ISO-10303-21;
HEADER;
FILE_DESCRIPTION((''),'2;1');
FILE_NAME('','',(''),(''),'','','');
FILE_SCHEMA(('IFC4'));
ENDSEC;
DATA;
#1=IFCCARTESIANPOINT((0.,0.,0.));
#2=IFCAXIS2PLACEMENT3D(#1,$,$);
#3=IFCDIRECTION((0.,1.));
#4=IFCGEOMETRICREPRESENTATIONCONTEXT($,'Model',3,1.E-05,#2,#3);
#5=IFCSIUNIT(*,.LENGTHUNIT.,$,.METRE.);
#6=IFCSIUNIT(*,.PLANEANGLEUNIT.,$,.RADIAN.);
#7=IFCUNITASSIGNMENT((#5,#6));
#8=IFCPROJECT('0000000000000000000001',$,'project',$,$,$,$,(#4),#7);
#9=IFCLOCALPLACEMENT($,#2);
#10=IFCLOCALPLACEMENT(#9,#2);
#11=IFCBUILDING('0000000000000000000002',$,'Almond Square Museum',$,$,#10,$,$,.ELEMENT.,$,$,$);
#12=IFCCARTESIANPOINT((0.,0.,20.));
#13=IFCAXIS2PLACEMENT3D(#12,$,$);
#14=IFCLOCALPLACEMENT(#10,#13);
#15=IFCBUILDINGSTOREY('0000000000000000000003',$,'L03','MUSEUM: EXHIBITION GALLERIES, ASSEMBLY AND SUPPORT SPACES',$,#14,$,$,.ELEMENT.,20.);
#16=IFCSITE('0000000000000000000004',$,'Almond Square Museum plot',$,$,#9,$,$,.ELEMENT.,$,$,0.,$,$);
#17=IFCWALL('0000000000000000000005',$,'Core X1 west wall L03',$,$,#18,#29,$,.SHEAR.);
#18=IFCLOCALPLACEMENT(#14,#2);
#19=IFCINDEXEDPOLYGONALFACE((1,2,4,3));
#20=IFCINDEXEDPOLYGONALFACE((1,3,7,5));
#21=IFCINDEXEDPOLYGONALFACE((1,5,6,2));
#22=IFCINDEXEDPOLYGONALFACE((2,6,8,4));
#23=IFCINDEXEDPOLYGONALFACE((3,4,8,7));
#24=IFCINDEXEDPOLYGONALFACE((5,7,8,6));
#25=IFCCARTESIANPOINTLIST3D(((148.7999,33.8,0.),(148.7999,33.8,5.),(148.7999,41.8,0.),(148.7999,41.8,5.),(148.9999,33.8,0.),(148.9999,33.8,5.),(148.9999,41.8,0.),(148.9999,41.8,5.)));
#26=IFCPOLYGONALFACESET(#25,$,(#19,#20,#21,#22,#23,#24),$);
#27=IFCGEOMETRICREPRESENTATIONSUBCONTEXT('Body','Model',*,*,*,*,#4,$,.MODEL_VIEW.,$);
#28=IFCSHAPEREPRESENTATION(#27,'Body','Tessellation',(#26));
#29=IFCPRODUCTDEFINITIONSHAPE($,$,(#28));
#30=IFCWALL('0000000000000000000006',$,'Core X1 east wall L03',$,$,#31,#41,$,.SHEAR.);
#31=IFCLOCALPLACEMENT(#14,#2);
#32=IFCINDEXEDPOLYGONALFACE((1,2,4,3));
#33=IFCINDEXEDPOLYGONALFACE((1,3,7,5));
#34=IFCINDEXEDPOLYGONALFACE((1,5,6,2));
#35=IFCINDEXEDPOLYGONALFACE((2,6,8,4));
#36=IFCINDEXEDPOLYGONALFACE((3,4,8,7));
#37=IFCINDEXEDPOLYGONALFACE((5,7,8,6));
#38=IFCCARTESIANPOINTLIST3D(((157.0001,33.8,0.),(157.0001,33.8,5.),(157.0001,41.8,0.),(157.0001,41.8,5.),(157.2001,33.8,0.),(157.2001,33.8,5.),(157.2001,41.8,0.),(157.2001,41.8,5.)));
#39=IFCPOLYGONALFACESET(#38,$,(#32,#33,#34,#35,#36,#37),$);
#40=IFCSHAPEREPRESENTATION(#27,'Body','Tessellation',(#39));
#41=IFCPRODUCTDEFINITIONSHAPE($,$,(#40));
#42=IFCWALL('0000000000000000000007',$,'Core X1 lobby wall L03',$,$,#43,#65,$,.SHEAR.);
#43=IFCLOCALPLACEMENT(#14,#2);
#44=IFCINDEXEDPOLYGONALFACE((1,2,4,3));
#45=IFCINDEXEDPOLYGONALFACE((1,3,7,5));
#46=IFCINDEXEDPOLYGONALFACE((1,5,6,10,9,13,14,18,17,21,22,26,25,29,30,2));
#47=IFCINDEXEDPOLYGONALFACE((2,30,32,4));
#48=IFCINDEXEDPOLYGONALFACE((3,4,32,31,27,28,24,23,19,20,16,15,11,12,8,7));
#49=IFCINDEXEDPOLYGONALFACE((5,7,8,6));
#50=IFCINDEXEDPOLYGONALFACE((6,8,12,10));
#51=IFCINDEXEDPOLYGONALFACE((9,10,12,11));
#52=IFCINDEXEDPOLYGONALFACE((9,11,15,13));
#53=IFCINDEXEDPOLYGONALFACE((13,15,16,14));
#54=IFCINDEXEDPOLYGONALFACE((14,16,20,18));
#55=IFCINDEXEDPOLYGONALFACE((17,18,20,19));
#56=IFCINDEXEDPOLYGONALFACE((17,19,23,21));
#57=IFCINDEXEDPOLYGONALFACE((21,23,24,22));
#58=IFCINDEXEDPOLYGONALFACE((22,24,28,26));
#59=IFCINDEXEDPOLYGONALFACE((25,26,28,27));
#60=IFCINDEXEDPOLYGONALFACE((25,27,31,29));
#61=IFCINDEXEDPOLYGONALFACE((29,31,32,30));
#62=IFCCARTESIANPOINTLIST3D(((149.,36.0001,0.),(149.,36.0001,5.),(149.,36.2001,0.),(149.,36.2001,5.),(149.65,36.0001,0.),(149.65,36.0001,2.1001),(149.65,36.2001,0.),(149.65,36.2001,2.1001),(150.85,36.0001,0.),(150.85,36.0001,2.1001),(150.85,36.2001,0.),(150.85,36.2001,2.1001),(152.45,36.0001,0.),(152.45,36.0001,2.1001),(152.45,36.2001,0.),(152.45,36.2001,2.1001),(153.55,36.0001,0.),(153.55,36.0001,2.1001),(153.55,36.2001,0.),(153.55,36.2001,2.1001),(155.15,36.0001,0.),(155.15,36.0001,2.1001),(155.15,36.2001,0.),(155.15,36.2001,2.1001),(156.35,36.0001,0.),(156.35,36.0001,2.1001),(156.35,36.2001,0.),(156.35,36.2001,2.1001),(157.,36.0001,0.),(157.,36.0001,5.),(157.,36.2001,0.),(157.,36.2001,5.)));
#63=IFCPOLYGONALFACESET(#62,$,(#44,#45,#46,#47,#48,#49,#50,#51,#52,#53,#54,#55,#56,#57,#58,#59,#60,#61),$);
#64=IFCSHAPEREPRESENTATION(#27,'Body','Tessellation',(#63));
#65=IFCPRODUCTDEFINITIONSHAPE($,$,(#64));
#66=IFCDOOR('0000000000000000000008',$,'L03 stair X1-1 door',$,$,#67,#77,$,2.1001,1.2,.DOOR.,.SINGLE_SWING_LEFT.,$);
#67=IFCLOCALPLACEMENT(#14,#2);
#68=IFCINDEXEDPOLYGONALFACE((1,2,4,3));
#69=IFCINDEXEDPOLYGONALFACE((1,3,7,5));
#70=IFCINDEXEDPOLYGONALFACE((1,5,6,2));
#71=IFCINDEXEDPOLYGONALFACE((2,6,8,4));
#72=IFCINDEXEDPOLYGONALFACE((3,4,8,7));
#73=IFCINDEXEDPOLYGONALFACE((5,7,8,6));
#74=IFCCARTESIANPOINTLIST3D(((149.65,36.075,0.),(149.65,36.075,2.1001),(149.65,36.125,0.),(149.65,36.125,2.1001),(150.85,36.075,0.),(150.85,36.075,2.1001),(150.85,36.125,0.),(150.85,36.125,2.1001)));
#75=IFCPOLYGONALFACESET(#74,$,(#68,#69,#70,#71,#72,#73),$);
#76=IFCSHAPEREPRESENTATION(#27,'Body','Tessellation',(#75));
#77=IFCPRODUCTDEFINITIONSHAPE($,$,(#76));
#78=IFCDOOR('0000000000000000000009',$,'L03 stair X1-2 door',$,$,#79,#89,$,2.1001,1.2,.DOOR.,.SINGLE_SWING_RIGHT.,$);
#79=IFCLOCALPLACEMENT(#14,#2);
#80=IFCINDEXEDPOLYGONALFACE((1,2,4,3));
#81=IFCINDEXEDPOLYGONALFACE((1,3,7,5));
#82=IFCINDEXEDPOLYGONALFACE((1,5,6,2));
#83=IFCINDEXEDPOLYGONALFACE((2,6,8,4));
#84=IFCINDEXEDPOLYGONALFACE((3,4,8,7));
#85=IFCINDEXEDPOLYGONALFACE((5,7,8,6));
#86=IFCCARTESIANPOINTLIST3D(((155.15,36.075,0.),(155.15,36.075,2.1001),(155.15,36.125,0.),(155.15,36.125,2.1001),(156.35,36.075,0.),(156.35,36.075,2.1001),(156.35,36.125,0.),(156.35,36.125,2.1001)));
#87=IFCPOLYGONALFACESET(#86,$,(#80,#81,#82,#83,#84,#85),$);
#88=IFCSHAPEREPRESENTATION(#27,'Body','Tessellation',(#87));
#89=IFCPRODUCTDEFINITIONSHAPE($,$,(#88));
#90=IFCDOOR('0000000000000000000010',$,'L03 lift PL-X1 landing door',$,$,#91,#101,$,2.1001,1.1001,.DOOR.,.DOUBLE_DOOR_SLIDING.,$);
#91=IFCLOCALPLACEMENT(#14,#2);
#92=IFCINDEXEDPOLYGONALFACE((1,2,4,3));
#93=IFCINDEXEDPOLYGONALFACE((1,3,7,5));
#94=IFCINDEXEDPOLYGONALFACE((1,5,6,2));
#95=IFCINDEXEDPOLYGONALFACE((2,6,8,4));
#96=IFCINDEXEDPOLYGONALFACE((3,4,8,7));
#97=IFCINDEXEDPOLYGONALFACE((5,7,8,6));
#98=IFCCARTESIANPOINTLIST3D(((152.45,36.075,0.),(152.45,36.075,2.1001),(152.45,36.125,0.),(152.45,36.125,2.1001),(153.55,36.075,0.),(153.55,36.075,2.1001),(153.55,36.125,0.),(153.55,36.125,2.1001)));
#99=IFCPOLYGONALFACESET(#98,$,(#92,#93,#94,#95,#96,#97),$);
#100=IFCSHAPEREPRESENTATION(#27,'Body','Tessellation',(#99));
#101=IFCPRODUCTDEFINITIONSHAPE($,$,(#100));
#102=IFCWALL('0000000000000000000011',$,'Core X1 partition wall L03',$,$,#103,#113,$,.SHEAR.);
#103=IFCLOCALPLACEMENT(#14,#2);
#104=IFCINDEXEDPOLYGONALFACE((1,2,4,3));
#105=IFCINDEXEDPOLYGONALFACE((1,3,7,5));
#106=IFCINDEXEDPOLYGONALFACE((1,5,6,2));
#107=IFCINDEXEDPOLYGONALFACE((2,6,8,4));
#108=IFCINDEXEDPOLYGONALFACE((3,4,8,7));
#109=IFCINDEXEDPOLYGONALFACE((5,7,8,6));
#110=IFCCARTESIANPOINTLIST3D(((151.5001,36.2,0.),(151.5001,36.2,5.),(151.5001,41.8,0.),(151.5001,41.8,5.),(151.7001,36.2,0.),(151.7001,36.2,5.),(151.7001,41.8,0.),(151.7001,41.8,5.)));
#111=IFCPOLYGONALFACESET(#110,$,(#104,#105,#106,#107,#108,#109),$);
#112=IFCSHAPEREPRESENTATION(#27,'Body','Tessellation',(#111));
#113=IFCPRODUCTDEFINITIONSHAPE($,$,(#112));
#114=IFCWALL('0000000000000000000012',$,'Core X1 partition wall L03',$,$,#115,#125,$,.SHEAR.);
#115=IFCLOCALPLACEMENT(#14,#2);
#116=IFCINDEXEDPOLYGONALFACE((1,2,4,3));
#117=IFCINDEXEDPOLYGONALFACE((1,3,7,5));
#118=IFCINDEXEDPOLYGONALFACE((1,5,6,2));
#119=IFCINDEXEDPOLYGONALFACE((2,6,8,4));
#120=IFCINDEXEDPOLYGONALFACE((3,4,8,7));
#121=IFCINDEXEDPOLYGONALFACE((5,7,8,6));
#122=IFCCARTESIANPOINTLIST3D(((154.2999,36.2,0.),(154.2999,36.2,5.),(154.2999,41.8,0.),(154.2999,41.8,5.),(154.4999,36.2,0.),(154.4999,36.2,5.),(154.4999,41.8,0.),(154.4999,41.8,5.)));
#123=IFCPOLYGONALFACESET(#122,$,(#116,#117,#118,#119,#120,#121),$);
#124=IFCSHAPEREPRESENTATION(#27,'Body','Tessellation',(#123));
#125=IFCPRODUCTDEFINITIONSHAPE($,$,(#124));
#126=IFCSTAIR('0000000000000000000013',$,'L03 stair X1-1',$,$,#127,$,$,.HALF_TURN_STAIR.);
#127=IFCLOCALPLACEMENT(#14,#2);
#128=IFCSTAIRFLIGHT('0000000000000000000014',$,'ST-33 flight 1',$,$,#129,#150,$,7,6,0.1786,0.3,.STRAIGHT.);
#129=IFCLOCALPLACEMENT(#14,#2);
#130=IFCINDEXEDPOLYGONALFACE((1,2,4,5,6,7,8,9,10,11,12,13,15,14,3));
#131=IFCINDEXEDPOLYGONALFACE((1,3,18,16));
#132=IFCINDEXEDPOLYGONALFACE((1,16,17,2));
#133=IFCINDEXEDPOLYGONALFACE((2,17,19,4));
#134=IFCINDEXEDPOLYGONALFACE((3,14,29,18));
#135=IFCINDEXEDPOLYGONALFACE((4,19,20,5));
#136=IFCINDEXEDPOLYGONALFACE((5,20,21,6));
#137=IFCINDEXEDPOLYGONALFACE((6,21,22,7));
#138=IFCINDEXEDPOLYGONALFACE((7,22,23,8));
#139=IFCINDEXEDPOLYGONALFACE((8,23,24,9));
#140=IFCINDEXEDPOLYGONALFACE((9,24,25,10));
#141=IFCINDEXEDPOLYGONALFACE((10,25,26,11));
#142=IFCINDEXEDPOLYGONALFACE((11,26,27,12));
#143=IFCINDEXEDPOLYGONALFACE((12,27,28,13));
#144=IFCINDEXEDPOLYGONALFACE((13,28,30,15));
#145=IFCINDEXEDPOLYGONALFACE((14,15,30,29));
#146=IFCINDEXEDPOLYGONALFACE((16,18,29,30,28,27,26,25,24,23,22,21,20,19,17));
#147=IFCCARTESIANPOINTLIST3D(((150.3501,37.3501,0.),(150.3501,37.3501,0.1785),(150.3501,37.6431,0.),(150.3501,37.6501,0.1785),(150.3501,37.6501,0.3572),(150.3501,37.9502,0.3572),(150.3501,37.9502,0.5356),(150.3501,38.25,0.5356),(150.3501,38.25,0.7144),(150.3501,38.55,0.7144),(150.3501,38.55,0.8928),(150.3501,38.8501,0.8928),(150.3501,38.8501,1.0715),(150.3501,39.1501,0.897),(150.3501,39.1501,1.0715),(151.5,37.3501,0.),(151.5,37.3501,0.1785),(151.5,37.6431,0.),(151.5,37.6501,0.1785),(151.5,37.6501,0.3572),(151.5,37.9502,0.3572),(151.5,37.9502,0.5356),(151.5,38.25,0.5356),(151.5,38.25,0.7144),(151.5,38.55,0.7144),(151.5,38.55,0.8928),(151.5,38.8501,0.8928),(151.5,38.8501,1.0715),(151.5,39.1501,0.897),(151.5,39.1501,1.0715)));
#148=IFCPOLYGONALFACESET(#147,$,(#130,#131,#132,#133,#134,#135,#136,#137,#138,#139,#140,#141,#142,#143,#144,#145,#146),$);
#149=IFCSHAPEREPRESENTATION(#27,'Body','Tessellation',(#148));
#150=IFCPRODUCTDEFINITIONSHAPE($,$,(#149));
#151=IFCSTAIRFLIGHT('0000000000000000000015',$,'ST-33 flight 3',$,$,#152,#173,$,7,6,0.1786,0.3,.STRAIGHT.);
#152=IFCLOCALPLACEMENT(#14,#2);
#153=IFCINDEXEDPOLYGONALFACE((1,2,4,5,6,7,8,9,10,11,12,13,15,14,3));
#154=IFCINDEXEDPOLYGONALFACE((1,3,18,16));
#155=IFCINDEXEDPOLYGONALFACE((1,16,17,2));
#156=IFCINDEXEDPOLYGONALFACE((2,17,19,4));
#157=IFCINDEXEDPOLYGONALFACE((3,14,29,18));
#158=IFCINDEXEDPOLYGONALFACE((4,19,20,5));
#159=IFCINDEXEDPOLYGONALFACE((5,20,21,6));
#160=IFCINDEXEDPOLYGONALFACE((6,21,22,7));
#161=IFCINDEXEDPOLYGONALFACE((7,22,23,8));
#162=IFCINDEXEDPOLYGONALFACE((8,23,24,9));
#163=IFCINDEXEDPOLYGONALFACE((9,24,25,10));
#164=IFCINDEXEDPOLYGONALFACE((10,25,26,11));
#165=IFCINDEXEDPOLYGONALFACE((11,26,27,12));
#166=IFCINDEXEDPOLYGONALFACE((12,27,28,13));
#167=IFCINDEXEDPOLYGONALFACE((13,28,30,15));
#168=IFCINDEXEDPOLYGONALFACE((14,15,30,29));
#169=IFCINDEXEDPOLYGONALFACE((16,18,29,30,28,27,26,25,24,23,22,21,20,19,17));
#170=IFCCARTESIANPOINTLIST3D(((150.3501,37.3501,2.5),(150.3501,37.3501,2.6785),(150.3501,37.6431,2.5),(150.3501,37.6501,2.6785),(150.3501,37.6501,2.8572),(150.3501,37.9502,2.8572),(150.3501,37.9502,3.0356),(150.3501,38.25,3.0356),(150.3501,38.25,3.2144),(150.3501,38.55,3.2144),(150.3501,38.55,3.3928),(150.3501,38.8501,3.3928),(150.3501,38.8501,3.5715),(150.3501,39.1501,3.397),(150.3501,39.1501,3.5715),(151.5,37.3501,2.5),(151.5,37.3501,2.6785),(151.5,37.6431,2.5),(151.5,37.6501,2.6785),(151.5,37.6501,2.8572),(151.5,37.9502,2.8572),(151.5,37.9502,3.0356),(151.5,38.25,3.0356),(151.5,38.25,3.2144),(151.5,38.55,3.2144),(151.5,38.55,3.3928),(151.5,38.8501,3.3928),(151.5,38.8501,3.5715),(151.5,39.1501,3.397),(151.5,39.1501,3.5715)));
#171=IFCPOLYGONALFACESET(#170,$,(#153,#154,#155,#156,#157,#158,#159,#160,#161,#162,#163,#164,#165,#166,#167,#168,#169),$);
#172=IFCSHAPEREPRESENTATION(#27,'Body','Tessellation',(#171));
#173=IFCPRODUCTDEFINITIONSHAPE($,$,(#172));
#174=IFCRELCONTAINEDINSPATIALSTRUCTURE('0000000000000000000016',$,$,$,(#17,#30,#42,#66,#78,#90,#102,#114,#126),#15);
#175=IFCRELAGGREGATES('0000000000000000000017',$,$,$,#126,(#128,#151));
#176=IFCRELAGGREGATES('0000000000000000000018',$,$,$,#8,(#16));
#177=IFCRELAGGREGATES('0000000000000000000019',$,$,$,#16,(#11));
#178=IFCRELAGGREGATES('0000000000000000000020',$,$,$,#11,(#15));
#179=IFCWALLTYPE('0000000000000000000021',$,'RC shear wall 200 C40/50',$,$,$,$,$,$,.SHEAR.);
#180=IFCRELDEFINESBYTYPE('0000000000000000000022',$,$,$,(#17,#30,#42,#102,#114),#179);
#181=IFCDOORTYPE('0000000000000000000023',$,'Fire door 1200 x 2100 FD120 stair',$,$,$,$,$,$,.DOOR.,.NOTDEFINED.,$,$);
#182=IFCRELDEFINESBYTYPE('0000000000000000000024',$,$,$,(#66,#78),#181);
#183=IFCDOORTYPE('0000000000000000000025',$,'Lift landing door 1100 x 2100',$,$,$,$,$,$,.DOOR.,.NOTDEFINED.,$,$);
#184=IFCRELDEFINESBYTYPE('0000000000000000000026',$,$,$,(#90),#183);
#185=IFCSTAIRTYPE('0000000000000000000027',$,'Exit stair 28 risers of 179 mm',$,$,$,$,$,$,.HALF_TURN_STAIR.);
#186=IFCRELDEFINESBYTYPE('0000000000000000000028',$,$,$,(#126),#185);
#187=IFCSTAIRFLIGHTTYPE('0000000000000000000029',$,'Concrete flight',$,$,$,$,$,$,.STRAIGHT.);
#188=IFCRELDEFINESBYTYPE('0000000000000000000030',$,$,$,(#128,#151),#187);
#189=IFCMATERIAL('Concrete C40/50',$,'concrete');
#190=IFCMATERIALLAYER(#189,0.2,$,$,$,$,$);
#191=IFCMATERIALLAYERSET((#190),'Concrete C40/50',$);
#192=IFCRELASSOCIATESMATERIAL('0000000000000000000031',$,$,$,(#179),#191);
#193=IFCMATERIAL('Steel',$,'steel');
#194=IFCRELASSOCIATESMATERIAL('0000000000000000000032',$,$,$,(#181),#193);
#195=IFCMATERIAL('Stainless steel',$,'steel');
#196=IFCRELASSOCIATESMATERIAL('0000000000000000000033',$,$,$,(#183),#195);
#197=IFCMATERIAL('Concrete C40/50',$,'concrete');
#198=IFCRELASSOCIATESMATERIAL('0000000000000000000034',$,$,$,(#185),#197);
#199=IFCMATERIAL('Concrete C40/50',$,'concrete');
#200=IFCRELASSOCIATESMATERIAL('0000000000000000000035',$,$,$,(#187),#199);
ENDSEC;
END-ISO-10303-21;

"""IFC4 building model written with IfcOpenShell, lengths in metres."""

from ifc_helpers import new_model, si_unit, direction, frame, frame_2d, origin, place, context, subcontext, project, spatial, polyline, rectangle, outline, extrude, material, layer, layer_set, type_object, element, fill, aggregate, save


model = new_model("IFC4")

# Units and contexts
model_context = context("Model", 3, precision=1e-05, world=origin(), true_north=direction((0.0, 1.0)))
body_context = subcontext(model_context, "Body", "Model", "MODEL_VIEW")
ifc_project = project(units=[si_unit("LENGTHUNIT", "METRE"), si_unit("PLANEANGLEUNIT", "RADIAN")], contexts=[model_context])

# Site, building, storey
site_placement = place(None, origin())
site = spatial("IfcSite", under=ifc_project, at=site_placement, Name="Almond Square Museum plot", CompositionType="ELEMENT", RefElevation=0.0)
building_placement = place(site_placement, origin())
building = spatial("IfcBuilding", under=site, at=building_placement, Name="Almond Square Museum", CompositionType="ELEMENT")
storey_placement = place(building_placement, frame((0.0, 0.0, 20.0)))
storey = spatial("IfcBuildingStorey", under=building, at=storey_placement, Name="L03", Description="MUSEUM: EXHIBITION GALLERIES, ASSEMBLY AND SUPPORT SPACES", CompositionType="ELEMENT", Elevation=20.0)

# Walls
ifc_material_1 = material(Name="Concrete C40/50", Category="concrete")
ifc_layer = layer(ifc_material_1, 0.2)
ifc_layer_set = layer_set([ifc_layer], Name="Concrete C40/50")
wall_type = type_object("IfcWallType", Name="RC shear wall 200 C40/50", PredefinedType="SHEAR", material=ifc_layer_set)
for number, where, z_axis, x_axis, name in (
    (1, (148.8999, 33.8, 0.0), (0.0, 0.0, 1.0), (0.0, 1.0, 0.0), "Core X1 west wall L03"),
    (2, (157.1001, 33.8, 0.0), (0.0, 0.0, 1.0), (0.0, 1.0, 0.0), "Core X1 east wall L03"),
):
    element("IfcWall", number, at=place(storey_placement, frame(where, z_axis=z_axis, x_axis=x_axis)), inside=storey, type_object=wall_type, Name=name, PredefinedType="SHEAR", context=body_context, shape_type="SweptSolid", body=[
        extrude(rectangle(XDim=8.0, YDim=0.2, at=frame_2d((4.0, 0.0))), origin(), (0.0, 0.0, 1.0), 5.0),
    ])

# Wall, openings, doors
wall_placement = place(storey_placement, frame((149.0, 36.1001, 0.0), z_axis=(0.0, 0.0, 1.0), x_axis=(1.0, 0.0, 0.0)))
wall = element("IfcWall", 3, at=wall_placement, inside=storey, type_object=wall_type, Name="Core X1 lobby wall L03", PredefinedType="SHEAR", context=body_context, shape_type="SweptSolid", body=[
    extrude(rectangle(XDim=8.0, YDim=0.2, at=frame_2d((4.0, 0.0))), origin(), (0.0, 0.0, 1.0), 5.0),
])
opening_1_placement = place(wall_placement, frame((0.6499, 0.0, 0.0)))
opening_1 = element("IfcOpeningElement", 4, at=opening_1_placement, cuts=wall, PredefinedType="OPENING", context=body_context, shape_type="SweptSolid", body=[
    extrude(rectangle(XDim=1.2, YDim=2.1001, at=frame_2d((0.6001, 1.05))), frame((0.0, 0.1099, 0.0), z_axis=(0.0, -1.0, 0.0), x_axis=(1.0, 0.0, 0.0)), (0.0, 0.0, 1.0), 0.22),
])
opening_2_placement = place(wall_placement, frame((6.1499, 0.0, 0.0)))
opening_2 = element("IfcOpeningElement", 5, at=opening_2_placement, cuts=wall, PredefinedType="OPENING", context=body_context, shape_type="SweptSolid", body=[
    extrude(rectangle(XDim=1.2, YDim=2.1001, at=frame_2d((0.6001, 1.05))), frame((0.0, 0.1099, 0.0), z_axis=(0.0, -1.0, 0.0), x_axis=(1.0, 0.0, 0.0)), (0.0, 0.0, 1.0), 0.22),
])
opening_3_placement = place(wall_placement, frame((3.45, 0.0, 0.0)))
opening_3 = element("IfcOpeningElement", 6, at=opening_3_placement, cuts=wall, PredefinedType="OPENING", context=body_context, shape_type="SweptSolid", body=[
    extrude(rectangle(XDim=1.1001, YDim=2.1001, at=frame_2d((0.55, 1.05))), frame((0.0, 0.1099, 0.0), z_axis=(0.0, -1.0, 0.0), x_axis=(1.0, 0.0, 0.0)), (0.0, 0.0, 1.0), 0.22),
])
ifc_material_2 = material(Name="Steel", Category="steel")
door_type_1 = type_object("IfcDoorType", Name="Fire door 1200 x 2100 FD120 stair", OperationType="NOTDEFINED", PredefinedType="DOOR", material=ifc_material_2)
door_1_placement = place(opening_1_placement, origin())
door_1 = element("IfcDoor", 7, at=door_1_placement, inside=storey, type_object=door_type_1, Name="L03 stair X1-1 door", OperationType="SINGLE_SWING_LEFT", OverallHeight=2.1001, OverallWidth=1.2, PredefinedType="DOOR", context=body_context, shape_type="SweptSolid", body=[
    extrude(rectangle(XDim=1.2, YDim=2.1001, at=frame_2d((0.6001, 1.05))), frame((0.0, 0.0249, 0.0), z_axis=(0.0, -1.0, 0.0), x_axis=(1.0, 0.0, 0.0)), (0.0, 0.0, 1.0), 0.05),
])
fill(opening_1, door_1)
door_2_placement = place(opening_2_placement, origin())
door_2 = element("IfcDoor", 8, at=door_2_placement, inside=storey, type_object=door_type_1, Name="L03 stair X1-2 door", OperationType="SINGLE_SWING_RIGHT", OverallHeight=2.1001, OverallWidth=1.2, PredefinedType="DOOR", context=body_context, shape_type="SweptSolid", body=[
    extrude(rectangle(XDim=1.2, YDim=2.1001, at=frame_2d((0.6001, 1.05))), frame((0.0, 0.0249, 0.0), z_axis=(0.0, -1.0, 0.0), x_axis=(1.0, 0.0, 0.0)), (0.0, 0.0, 1.0), 0.05),
])
fill(opening_2, door_2)
ifc_material_3 = material(Name="Stainless steel", Category="steel")
door_type_2 = type_object("IfcDoorType", Name="Lift landing door 1100 x 2100", OperationType="NOTDEFINED", PredefinedType="DOOR", material=ifc_material_3)
door_3_placement = place(opening_3_placement, origin())
door_3 = element("IfcDoor", 9, at=door_3_placement, inside=storey, type_object=door_type_2, Name="L03 lift PL-X1 landing door", OperationType="DOUBLE_DOOR_SLIDING", OverallHeight=2.1001, OverallWidth=1.1001, PredefinedType="DOOR", context=body_context, shape_type="SweptSolid", body=[
    extrude(rectangle(XDim=1.1001, YDim=2.1001, at=frame_2d((0.55, 1.05))), frame((0.0, 0.0249, 0.0), z_axis=(0.0, -1.0, 0.0), x_axis=(1.0, 0.0, 0.0)), (0.0, 0.0, 1.0), 0.05),
])
fill(opening_3, door_3)

# Walls
for number, where, z_axis, x_axis, name in (
    (10, (151.6001, 36.2, 0.0), (0.0, 0.0, 1.0), (0.0, 1.0, 0.0), "Core X1 partition wall L03"),
    (11, (154.3999, 36.2, 0.0), (0.0, 0.0, 1.0), (0.0, 1.0, 0.0), "Core X1 partition wall L03"),
):
    element("IfcWall", number, at=place(storey_placement, frame(where, z_axis=z_axis, x_axis=x_axis)), inside=storey, type_object=wall_type, Name=name, PredefinedType="SHEAR", context=body_context, shape_type="SweptSolid", body=[
        extrude(rectangle(XDim=5.6001, YDim=0.2, at=frame_2d((2.8, 0.0))), origin(), (0.0, 0.0, 1.0), 5.0),
    ])

# Stair, stair flights
ifc_material_4 = material(Name="Concrete C40/50", Category="concrete")
stair_type = type_object("IfcStairType", Name="Exit stair 28 risers of 179 mm", PredefinedType="HALF_TURN_STAIR", material=ifc_material_4)
stair_1_placement = place(storey_placement, origin())
stair_1 = element("IfcStair", 12, at=stair_1_placement, inside=storey, type_object=stair_type, Name="L03 stair X1-1", PredefinedType="HALF_TURN_STAIR")
ifc_material_5 = material(Name="Concrete C40/50", Category="concrete")
stair_flight_type = type_object("IfcStairFlightType", Name="Concrete flight", PredefinedType="STRAIGHT", material=ifc_material_5)
stair_flight_1_placement = place(storey_placement, frame((150.925, 37.3501, 0.0), z_axis=(0.0, 0.0, 1.0), x_axis=(0.0, 1.0, 0.0)))
stair_flight_1 = element("IfcStairFlight", 13, at=stair_flight_1_placement, type_object=stair_flight_type, Name="ST-33 flight 1", NumberOfRisers=7, NumberOfTreads=6, PredefinedType="STRAIGHT", RiserHeight=0.1786, TreadLength=0.3, context=body_context, shape_type="SweptSolid", body=[
    extrude(outline(polyline([(0.0, 0.0), (0.0, 0.1785), (0.3, 0.1785), (0.3, 0.3572), (0.6001, 0.3572), (0.6001, 0.5356), (0.8999, 0.5356), (0.8999, 0.7144), (1.2, 0.7144), (1.2, 0.8928), (1.5, 0.8928), (1.5, 1.0715), (1.8, 1.0715), (1.8, 1.25), (1.8, 0.897), (0.293, 0.0), (0.0, 0.0)])), frame((0.0, 0.575, 0.0), z_axis=(0.0, -1.0, 0.0), x_axis=(1.0, 0.0, 0.0)), (0.0, 0.0, 1.0), 1.1499),
])
stair_flight_2_placement = place(storey_placement, frame((150.925, 37.3501, 2.5), z_axis=(0.0, 0.0, 1.0), x_axis=(0.0, 1.0, 0.0)))
stair_flight_2 = element("IfcStairFlight", 14, at=stair_flight_2_placement, type_object=stair_flight_type, Name="ST-33 flight 3", NumberOfRisers=7, NumberOfTreads=6, PredefinedType="STRAIGHT", RiserHeight=0.1786, TreadLength=0.3, context=body_context, shape_type="SweptSolid", body=[
    extrude(outline(polyline([(0.0, 0.0), (0.0, 0.1785), (0.3, 0.1785), (0.3, 0.3572), (0.6001, 0.3572), (0.6001, 0.5356), (0.8999, 0.5356), (0.8999, 0.7144), (1.2, 0.7144), (1.2, 0.8928), (1.5, 0.8928), (1.5, 1.0715), (1.8, 1.0715), (1.8, 1.25), (1.8, 0.897), (0.293, 0.0), (0.0, 0.0)])), frame((0.0, 0.575, 0.0), z_axis=(0.0, -1.0, 0.0), x_axis=(1.0, 0.0, 0.0)), (0.0, 0.0, 1.0), 1.1499),
])
aggregate(stair_1, [stair_flight_1, stair_flight_2])

save(model, "model.ifc")
